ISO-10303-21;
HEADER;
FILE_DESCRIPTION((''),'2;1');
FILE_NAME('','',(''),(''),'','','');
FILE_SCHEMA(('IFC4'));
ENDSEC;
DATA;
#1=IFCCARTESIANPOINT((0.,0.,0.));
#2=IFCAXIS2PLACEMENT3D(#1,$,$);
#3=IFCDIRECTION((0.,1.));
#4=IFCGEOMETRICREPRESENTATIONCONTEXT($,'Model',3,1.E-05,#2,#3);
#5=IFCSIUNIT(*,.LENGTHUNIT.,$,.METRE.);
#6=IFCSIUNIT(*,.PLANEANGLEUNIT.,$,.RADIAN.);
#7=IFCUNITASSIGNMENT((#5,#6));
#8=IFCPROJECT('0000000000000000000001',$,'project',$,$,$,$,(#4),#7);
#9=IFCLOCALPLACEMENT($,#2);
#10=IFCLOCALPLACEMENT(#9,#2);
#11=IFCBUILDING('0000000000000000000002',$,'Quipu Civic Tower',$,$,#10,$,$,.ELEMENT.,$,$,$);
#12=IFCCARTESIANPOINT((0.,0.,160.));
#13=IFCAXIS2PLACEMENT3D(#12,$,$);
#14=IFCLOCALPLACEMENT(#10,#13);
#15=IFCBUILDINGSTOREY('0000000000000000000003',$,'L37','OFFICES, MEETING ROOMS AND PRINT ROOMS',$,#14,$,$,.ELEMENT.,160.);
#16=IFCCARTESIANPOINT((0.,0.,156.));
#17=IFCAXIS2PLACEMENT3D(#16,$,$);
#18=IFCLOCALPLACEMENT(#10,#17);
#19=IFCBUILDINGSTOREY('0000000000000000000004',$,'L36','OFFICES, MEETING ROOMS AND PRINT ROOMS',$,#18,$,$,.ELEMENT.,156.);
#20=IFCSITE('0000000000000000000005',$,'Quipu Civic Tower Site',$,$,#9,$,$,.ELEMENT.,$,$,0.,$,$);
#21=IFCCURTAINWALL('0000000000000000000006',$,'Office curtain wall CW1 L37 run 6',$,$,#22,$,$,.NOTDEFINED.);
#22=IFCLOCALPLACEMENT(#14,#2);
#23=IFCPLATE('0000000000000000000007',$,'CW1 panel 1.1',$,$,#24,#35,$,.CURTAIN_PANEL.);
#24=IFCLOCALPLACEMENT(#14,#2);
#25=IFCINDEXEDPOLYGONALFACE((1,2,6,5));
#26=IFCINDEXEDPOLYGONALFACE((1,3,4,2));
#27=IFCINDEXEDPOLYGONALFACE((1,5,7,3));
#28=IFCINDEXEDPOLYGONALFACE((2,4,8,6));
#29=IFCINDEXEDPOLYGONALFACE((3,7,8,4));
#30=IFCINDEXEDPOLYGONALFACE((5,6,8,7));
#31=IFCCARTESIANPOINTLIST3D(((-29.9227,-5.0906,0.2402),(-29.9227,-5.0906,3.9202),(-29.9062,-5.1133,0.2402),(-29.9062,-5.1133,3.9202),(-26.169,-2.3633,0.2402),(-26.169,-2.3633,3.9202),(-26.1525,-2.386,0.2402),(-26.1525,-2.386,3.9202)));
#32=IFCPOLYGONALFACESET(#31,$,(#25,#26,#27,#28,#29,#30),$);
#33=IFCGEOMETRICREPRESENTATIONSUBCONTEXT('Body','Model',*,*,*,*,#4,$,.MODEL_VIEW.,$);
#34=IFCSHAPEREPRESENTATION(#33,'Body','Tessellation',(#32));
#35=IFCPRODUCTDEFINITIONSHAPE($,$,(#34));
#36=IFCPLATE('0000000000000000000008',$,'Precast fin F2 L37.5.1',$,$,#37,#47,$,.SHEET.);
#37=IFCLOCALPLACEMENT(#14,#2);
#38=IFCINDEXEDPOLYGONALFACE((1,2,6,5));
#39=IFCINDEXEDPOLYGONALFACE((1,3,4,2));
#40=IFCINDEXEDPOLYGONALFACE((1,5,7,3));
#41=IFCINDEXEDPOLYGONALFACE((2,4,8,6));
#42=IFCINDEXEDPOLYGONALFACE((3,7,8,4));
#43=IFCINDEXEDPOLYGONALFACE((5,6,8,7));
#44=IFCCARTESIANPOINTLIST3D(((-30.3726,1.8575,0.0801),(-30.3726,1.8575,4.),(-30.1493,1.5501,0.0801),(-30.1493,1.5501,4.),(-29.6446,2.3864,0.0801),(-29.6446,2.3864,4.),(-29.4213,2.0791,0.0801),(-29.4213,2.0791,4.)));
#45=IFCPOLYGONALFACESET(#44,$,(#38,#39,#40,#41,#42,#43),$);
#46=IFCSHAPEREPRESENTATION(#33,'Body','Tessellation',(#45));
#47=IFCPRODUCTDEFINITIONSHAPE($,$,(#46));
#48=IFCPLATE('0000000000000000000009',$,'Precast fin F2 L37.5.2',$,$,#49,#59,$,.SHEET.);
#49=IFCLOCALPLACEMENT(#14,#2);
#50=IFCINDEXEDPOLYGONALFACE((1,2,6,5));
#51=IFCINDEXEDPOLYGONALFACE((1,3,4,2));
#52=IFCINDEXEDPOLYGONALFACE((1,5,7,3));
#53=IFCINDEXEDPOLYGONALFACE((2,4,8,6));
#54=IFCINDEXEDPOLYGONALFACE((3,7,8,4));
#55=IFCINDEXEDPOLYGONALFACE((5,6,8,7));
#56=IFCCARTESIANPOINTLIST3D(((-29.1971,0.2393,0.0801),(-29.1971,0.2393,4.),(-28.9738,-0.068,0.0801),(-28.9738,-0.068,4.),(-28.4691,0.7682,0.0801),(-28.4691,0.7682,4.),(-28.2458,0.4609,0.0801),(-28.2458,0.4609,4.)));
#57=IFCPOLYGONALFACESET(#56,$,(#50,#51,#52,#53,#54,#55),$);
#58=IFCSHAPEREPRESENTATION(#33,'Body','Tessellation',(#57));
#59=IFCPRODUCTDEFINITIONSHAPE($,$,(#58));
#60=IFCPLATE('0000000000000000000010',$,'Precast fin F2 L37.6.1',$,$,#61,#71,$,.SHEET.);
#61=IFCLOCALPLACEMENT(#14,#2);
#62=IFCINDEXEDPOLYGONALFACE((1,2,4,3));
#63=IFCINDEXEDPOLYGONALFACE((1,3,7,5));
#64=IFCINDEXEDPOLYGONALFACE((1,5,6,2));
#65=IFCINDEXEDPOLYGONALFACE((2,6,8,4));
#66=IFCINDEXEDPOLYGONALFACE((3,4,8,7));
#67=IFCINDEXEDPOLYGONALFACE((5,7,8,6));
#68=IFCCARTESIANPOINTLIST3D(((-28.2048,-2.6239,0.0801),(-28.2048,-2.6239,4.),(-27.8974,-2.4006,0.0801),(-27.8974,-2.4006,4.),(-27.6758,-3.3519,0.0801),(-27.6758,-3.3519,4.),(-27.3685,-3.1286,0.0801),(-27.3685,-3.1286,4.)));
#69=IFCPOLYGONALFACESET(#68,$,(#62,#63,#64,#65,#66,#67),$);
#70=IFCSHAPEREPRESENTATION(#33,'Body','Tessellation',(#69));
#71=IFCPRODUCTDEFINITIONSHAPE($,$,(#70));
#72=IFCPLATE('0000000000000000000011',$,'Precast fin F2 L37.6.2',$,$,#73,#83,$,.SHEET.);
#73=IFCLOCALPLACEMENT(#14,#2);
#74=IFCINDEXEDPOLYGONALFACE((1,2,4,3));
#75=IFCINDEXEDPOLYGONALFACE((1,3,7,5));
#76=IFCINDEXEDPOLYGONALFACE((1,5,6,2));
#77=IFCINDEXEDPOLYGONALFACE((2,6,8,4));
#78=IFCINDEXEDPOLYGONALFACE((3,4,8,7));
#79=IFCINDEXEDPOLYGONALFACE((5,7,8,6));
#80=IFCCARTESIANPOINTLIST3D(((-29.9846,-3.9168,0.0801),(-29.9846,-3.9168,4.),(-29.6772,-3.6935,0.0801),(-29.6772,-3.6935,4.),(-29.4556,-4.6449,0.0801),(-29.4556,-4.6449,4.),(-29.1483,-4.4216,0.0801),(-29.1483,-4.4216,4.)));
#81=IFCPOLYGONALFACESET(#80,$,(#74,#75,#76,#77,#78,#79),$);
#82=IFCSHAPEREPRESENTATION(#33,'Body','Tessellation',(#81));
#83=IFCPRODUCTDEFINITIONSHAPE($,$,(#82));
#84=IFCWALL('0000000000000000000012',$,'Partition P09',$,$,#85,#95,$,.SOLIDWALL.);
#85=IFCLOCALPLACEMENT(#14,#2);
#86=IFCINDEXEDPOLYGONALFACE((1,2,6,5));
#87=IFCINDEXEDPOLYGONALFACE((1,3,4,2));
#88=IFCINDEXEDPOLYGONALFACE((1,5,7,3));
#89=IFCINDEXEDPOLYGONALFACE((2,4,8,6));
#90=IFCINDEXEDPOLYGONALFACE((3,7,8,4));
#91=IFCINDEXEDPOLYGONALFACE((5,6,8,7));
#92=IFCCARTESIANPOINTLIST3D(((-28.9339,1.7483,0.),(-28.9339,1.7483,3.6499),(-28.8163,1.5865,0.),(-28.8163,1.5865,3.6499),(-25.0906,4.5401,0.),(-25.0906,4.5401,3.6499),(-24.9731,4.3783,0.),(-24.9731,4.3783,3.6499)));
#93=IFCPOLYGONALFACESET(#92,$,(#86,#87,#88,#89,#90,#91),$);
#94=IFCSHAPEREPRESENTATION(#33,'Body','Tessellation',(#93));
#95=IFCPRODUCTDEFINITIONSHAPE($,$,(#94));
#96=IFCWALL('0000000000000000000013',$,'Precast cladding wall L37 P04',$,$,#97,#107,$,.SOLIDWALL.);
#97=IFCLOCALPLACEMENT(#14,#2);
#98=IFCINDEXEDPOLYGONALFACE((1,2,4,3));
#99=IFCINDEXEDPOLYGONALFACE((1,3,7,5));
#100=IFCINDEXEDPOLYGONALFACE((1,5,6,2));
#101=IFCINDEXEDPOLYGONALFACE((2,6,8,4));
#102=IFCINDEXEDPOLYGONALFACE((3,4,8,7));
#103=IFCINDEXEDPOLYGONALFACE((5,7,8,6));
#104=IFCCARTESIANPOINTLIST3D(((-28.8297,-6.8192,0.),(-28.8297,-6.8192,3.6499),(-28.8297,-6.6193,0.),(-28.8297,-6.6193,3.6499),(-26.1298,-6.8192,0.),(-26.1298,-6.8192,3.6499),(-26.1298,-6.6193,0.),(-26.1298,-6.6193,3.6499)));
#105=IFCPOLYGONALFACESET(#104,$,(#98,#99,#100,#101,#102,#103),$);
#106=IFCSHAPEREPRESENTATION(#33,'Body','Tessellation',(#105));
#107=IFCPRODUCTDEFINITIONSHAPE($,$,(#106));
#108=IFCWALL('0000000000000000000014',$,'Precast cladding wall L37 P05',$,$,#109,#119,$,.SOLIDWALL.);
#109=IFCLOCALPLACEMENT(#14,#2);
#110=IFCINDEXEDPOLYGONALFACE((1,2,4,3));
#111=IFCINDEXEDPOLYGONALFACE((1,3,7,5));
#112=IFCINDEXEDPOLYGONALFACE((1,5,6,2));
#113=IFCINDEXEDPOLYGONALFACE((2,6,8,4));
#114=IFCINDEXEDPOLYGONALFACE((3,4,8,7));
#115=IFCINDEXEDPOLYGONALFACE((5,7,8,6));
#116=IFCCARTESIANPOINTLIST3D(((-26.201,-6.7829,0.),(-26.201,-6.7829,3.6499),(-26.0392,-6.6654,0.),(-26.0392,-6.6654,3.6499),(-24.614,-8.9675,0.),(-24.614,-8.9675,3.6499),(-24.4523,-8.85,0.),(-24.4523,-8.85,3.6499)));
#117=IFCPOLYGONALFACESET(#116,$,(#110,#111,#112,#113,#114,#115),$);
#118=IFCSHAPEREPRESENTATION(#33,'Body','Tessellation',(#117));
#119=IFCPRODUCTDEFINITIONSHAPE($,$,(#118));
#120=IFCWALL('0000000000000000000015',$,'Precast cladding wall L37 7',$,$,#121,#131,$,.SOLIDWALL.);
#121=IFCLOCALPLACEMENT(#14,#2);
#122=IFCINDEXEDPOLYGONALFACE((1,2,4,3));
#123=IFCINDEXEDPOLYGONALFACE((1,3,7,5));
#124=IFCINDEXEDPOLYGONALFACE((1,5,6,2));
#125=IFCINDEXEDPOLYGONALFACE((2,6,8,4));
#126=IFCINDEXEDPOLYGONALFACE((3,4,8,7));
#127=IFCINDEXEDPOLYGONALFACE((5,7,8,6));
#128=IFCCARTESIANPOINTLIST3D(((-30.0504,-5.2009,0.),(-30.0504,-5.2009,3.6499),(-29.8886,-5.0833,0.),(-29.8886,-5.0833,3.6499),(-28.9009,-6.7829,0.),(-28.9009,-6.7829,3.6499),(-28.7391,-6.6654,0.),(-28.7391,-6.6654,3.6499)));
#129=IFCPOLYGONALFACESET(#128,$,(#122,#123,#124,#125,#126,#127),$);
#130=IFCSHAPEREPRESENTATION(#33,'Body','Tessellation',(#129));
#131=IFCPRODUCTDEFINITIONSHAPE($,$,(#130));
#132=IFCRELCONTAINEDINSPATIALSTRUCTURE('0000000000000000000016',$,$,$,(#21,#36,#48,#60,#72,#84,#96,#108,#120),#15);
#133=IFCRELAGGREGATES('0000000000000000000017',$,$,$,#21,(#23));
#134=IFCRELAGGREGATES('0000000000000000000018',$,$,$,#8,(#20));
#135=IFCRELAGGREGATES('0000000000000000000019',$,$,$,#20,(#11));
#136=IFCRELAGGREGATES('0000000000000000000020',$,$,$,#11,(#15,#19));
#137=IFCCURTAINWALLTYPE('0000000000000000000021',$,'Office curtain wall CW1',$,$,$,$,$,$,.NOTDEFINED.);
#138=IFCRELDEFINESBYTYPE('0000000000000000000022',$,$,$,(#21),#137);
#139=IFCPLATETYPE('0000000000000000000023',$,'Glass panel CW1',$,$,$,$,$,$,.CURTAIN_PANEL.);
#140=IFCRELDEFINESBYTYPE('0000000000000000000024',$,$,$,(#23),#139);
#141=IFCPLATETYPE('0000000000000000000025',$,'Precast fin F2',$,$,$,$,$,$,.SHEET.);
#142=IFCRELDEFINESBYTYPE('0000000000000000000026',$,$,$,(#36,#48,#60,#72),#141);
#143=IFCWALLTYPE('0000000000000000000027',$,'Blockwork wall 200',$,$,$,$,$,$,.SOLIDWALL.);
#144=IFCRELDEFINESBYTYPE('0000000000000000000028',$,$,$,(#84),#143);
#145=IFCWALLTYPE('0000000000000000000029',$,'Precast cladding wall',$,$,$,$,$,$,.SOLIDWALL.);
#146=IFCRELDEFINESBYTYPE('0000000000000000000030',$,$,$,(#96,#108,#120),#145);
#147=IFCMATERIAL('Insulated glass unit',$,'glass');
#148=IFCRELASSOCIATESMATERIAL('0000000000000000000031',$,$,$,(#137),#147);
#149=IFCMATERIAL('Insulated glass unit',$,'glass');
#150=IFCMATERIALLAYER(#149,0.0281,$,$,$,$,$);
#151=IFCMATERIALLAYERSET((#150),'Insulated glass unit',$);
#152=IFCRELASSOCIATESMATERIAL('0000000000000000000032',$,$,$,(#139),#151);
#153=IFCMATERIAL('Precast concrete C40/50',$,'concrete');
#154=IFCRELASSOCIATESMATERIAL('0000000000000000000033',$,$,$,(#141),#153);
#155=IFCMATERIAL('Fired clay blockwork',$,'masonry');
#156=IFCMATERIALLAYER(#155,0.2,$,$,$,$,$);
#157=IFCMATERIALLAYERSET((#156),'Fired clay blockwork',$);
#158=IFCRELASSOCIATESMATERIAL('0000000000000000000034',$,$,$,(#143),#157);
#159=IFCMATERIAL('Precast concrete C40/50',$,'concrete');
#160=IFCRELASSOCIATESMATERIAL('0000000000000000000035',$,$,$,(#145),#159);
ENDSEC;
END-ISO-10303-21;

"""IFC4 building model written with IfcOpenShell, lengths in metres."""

from ifc_helpers import new_model, si_unit, direction, frame, frame_2d, origin, origin_2d, place, context, subcontext, project, spatial, rectangle, extrude, material, layer, layer_set, type_object, element, aggregate, save


model = new_model("IFC4")

# Units and contexts
model_context = context("Model", 3, precision=1e-05, world=origin(), true_north=direction((0.0, 1.0)))
body_context = subcontext(model_context, "Body", "Model", "MODEL_VIEW")
ifc_project = project(units=[si_unit("LENGTHUNIT", "METRE"), si_unit("PLANEANGLEUNIT", "RADIAN")], contexts=[model_context])

# Site, building, storey
site_placement = place(None, origin())
site = spatial("IfcSite", under=ifc_project, at=site_placement, Name="Quipu Civic Tower Site", CompositionType="ELEMENT", RefElevation=0.0)
building_placement = place(site_placement, origin())
building = spatial("IfcBuilding", under=site, at=building_placement, Name="Quipu Civic Tower", CompositionType="ELEMENT")
storey_1_placement = place(building_placement, frame((0.0, 0.0, 160.0)))
storey_1 = spatial("IfcBuildingStorey", under=building, at=storey_1_placement, Name="L37", Description="OFFICES, MEETING ROOMS AND PRINT ROOMS", CompositionType="ELEMENT", Elevation=160.0)

# Shared definitions
ifc_material_1 = material(Name="Insulated glass unit", Category="glass")
curtain_wall_type = type_object("IfcCurtainWallType", Name="Office curtain wall CW1", PredefinedType="NOTDEFINED", material=ifc_material_1)

# Curtain wall
curtain_wall_1_placement = place(storey_1_placement, origin())
curtain_wall_1 = element("IfcCurtainWall", 1, at=curtain_wall_1_placement, inside=storey_1, type_object=curtain_wall_type, Name="Office curtain wall CW1 L37 run 6", PredefinedType="NOTDEFINED")

# Shared definitions
storey_2_placement = place(building_placement, frame((0.0, 0.0, 156.0)))
storey_2 = spatial("IfcBuildingStorey", under=building, at=storey_2_placement, Name="L36", Description="OFFICES, MEETING ROOMS AND PRINT ROOMS", CompositionType="ELEMENT", Elevation=156.0)

# Plate
ifc_material_2 = material(Name="Insulated glass unit", Category="glass")
ifc_layer_1 = layer(ifc_material_2, 0.0281)
ifc_layer_set_1 = layer_set([ifc_layer_1], Name="Insulated glass unit")
plate_type_1 = type_object("IfcPlateType", Name="Glass panel CW1", PredefinedType="CURTAIN_PANEL", material=ifc_layer_set_1)
plate_1_placement = place(storey_1_placement, frame((-28.0376, -3.7383, 0.2402), z_axis=(0.0, 0.0, 1.0), x_axis=(-0.809008, -0.587798, 0.0)))
plate_1 = element("IfcPlate", 2, at=plate_1_placement, type_object=plate_type_1, Name="CW1 panel 1.1", PredefinedType="CURTAIN_PANEL", context=body_context, shape_type="SweptSolid", body=[
    extrude(rectangle(XDim=4.6399, YDim=0.0281, at=origin_2d()), origin(), (0.0, 0.0, 1.0), 3.6799),
])
aggregate(curtain_wall_1, [plate_1])

# Plates
ifc_material_3 = material(Name="Precast concrete C40/50", Category="concrete")
plate_type_2 = type_object("IfcPlateType", Name="Precast fin F2", PredefinedType="SHEET", material=ifc_material_3)
for number, where, z_axis, x_axis, name in (
    (3, (-29.897, 1.9683, 0.0801), (0.0, 0.0, 1.0), (0.587787, -0.809016, 0.0), "Precast fin F2 L37.5.1"),
    (4, (-28.7214, 0.3501, 0.0801), (0.0, 0.0, 1.0), (0.587787, -0.809016, 0.0), "Precast fin F2 L37.5.2"),
    (5, (-27.7866, -2.8762, 0.0801), (0.0, 0.0, 1.0), (-0.809008, -0.587798, 0.0), "Precast fin F2 L37.6.1"),
    (6, (-29.5664, -4.1692, 0.0801), (0.0, 0.0, 1.0), (-0.809008, -0.587798, 0.0), "Precast fin F2 L37.6.2"),
):
    element("IfcPlate", number, at=place(storey_1_placement, frame(where, z_axis=z_axis, x_axis=x_axis)), inside=storey_1, type_object=plate_type_2, Name=name, PredefinedType="SHEET", context=body_context, shape_type="SweptSolid", body=[
        extrude(rectangle(XDim=0.3799, YDim=0.8999, at=origin_2d()), origin(), (0.0, 0.0, 1.0), 3.9199),
    ])

# Walls
ifc_material_4 = material(Name="Fired clay blockwork", Category="masonry")
ifc_layer_2 = layer(ifc_material_4, 0.2)
ifc_layer_set_2 = layer_set([ifc_layer_2], Name="Fired clay blockwork")
wall_type_1 = type_object("IfcWallType", Name="Blockwork wall 200", PredefinedType="SOLIDWALL", material=ifc_layer_set_2)
wall_1_placement = place(storey_1_placement, frame((-28.875, 1.6675, 0.0), z_axis=(0.0, 0.0, 1.0), x_axis=(0.809072, 0.58771, 0.0)))
element("IfcWall", 7, at=wall_1_placement, inside=storey_1, type_object=wall_type_1, Name="Partition P09", PredefinedType="SOLIDWALL", context=body_context, shape_type="SweptSolid", body=[
    extrude(rectangle(XDim=4.7502, YDim=0.2, at=frame_2d((2.375, 0.0))), origin(), (0.0, 0.0, 1.0), 3.6499),
])
ifc_material_5 = material(Name="Precast concrete C40/50", Category="concrete")
wall_type_2 = type_object("IfcWallType", Name="Precast cladding wall", PredefinedType="SOLIDWALL", material=ifc_material_5)
wall_2_placement = place(storey_1_placement, frame((-28.8298, -6.7192, 0.0), z_axis=(0.0, 0.0, 1.0), x_axis=(1.0, 0.0, 0.0)))
element("IfcWall", 8, at=wall_2_placement, inside=storey_1, type_object=wall_type_2, Name="Precast cladding wall L37 P04", PredefinedType="SOLIDWALL", context=body_context, shape_type="SweptSolid", body=[
    extrude(rectangle(XDim=2.7, YDim=0.2, at=frame_2d((1.3501, 0.0))), origin(), (0.0, 0.0, 1.0), 3.6499),
])
wall_3_placement = place(storey_1_placement, frame((-26.1201, -6.7241, 0.0), z_axis=(0.0, 0.0, 1.0), x_axis=(0.58772, -0.809064, 0.0)))
element("IfcWall", 9, at=wall_3_placement, inside=storey_1, type_object=wall_type_2, Name="Precast cladding wall L37 P05", PredefinedType="SOLIDWALL", context=body_context, shape_type="SweptSolid", body=[
    extrude(rectangle(XDim=2.7002, YDim=0.2, at=frame_2d((1.3501, 0.0))), origin(), (0.0, 0.0, 1.0), 3.6499),
])
wall_4_placement = place(storey_1_placement, frame((-29.9695, -5.1421, 0.0), z_axis=(0.0, 0.0, 1.0), x_axis=(0.587786, -0.809017, 0.0)))
element("IfcWall", 10, at=wall_4_placement, inside=storey_1, type_object=wall_type_2, Name="Precast cladding wall L37 7", PredefinedType="SOLIDWALL", context=body_context, shape_type="SweptSolid", body=[
    extrude(rectangle(XDim=1.9556, YDim=0.2, at=frame_2d((0.9778, 0.0))), origin(), (0.0, 0.0, 1.0), 3.6499),
])

save(model, "model.ifc")
